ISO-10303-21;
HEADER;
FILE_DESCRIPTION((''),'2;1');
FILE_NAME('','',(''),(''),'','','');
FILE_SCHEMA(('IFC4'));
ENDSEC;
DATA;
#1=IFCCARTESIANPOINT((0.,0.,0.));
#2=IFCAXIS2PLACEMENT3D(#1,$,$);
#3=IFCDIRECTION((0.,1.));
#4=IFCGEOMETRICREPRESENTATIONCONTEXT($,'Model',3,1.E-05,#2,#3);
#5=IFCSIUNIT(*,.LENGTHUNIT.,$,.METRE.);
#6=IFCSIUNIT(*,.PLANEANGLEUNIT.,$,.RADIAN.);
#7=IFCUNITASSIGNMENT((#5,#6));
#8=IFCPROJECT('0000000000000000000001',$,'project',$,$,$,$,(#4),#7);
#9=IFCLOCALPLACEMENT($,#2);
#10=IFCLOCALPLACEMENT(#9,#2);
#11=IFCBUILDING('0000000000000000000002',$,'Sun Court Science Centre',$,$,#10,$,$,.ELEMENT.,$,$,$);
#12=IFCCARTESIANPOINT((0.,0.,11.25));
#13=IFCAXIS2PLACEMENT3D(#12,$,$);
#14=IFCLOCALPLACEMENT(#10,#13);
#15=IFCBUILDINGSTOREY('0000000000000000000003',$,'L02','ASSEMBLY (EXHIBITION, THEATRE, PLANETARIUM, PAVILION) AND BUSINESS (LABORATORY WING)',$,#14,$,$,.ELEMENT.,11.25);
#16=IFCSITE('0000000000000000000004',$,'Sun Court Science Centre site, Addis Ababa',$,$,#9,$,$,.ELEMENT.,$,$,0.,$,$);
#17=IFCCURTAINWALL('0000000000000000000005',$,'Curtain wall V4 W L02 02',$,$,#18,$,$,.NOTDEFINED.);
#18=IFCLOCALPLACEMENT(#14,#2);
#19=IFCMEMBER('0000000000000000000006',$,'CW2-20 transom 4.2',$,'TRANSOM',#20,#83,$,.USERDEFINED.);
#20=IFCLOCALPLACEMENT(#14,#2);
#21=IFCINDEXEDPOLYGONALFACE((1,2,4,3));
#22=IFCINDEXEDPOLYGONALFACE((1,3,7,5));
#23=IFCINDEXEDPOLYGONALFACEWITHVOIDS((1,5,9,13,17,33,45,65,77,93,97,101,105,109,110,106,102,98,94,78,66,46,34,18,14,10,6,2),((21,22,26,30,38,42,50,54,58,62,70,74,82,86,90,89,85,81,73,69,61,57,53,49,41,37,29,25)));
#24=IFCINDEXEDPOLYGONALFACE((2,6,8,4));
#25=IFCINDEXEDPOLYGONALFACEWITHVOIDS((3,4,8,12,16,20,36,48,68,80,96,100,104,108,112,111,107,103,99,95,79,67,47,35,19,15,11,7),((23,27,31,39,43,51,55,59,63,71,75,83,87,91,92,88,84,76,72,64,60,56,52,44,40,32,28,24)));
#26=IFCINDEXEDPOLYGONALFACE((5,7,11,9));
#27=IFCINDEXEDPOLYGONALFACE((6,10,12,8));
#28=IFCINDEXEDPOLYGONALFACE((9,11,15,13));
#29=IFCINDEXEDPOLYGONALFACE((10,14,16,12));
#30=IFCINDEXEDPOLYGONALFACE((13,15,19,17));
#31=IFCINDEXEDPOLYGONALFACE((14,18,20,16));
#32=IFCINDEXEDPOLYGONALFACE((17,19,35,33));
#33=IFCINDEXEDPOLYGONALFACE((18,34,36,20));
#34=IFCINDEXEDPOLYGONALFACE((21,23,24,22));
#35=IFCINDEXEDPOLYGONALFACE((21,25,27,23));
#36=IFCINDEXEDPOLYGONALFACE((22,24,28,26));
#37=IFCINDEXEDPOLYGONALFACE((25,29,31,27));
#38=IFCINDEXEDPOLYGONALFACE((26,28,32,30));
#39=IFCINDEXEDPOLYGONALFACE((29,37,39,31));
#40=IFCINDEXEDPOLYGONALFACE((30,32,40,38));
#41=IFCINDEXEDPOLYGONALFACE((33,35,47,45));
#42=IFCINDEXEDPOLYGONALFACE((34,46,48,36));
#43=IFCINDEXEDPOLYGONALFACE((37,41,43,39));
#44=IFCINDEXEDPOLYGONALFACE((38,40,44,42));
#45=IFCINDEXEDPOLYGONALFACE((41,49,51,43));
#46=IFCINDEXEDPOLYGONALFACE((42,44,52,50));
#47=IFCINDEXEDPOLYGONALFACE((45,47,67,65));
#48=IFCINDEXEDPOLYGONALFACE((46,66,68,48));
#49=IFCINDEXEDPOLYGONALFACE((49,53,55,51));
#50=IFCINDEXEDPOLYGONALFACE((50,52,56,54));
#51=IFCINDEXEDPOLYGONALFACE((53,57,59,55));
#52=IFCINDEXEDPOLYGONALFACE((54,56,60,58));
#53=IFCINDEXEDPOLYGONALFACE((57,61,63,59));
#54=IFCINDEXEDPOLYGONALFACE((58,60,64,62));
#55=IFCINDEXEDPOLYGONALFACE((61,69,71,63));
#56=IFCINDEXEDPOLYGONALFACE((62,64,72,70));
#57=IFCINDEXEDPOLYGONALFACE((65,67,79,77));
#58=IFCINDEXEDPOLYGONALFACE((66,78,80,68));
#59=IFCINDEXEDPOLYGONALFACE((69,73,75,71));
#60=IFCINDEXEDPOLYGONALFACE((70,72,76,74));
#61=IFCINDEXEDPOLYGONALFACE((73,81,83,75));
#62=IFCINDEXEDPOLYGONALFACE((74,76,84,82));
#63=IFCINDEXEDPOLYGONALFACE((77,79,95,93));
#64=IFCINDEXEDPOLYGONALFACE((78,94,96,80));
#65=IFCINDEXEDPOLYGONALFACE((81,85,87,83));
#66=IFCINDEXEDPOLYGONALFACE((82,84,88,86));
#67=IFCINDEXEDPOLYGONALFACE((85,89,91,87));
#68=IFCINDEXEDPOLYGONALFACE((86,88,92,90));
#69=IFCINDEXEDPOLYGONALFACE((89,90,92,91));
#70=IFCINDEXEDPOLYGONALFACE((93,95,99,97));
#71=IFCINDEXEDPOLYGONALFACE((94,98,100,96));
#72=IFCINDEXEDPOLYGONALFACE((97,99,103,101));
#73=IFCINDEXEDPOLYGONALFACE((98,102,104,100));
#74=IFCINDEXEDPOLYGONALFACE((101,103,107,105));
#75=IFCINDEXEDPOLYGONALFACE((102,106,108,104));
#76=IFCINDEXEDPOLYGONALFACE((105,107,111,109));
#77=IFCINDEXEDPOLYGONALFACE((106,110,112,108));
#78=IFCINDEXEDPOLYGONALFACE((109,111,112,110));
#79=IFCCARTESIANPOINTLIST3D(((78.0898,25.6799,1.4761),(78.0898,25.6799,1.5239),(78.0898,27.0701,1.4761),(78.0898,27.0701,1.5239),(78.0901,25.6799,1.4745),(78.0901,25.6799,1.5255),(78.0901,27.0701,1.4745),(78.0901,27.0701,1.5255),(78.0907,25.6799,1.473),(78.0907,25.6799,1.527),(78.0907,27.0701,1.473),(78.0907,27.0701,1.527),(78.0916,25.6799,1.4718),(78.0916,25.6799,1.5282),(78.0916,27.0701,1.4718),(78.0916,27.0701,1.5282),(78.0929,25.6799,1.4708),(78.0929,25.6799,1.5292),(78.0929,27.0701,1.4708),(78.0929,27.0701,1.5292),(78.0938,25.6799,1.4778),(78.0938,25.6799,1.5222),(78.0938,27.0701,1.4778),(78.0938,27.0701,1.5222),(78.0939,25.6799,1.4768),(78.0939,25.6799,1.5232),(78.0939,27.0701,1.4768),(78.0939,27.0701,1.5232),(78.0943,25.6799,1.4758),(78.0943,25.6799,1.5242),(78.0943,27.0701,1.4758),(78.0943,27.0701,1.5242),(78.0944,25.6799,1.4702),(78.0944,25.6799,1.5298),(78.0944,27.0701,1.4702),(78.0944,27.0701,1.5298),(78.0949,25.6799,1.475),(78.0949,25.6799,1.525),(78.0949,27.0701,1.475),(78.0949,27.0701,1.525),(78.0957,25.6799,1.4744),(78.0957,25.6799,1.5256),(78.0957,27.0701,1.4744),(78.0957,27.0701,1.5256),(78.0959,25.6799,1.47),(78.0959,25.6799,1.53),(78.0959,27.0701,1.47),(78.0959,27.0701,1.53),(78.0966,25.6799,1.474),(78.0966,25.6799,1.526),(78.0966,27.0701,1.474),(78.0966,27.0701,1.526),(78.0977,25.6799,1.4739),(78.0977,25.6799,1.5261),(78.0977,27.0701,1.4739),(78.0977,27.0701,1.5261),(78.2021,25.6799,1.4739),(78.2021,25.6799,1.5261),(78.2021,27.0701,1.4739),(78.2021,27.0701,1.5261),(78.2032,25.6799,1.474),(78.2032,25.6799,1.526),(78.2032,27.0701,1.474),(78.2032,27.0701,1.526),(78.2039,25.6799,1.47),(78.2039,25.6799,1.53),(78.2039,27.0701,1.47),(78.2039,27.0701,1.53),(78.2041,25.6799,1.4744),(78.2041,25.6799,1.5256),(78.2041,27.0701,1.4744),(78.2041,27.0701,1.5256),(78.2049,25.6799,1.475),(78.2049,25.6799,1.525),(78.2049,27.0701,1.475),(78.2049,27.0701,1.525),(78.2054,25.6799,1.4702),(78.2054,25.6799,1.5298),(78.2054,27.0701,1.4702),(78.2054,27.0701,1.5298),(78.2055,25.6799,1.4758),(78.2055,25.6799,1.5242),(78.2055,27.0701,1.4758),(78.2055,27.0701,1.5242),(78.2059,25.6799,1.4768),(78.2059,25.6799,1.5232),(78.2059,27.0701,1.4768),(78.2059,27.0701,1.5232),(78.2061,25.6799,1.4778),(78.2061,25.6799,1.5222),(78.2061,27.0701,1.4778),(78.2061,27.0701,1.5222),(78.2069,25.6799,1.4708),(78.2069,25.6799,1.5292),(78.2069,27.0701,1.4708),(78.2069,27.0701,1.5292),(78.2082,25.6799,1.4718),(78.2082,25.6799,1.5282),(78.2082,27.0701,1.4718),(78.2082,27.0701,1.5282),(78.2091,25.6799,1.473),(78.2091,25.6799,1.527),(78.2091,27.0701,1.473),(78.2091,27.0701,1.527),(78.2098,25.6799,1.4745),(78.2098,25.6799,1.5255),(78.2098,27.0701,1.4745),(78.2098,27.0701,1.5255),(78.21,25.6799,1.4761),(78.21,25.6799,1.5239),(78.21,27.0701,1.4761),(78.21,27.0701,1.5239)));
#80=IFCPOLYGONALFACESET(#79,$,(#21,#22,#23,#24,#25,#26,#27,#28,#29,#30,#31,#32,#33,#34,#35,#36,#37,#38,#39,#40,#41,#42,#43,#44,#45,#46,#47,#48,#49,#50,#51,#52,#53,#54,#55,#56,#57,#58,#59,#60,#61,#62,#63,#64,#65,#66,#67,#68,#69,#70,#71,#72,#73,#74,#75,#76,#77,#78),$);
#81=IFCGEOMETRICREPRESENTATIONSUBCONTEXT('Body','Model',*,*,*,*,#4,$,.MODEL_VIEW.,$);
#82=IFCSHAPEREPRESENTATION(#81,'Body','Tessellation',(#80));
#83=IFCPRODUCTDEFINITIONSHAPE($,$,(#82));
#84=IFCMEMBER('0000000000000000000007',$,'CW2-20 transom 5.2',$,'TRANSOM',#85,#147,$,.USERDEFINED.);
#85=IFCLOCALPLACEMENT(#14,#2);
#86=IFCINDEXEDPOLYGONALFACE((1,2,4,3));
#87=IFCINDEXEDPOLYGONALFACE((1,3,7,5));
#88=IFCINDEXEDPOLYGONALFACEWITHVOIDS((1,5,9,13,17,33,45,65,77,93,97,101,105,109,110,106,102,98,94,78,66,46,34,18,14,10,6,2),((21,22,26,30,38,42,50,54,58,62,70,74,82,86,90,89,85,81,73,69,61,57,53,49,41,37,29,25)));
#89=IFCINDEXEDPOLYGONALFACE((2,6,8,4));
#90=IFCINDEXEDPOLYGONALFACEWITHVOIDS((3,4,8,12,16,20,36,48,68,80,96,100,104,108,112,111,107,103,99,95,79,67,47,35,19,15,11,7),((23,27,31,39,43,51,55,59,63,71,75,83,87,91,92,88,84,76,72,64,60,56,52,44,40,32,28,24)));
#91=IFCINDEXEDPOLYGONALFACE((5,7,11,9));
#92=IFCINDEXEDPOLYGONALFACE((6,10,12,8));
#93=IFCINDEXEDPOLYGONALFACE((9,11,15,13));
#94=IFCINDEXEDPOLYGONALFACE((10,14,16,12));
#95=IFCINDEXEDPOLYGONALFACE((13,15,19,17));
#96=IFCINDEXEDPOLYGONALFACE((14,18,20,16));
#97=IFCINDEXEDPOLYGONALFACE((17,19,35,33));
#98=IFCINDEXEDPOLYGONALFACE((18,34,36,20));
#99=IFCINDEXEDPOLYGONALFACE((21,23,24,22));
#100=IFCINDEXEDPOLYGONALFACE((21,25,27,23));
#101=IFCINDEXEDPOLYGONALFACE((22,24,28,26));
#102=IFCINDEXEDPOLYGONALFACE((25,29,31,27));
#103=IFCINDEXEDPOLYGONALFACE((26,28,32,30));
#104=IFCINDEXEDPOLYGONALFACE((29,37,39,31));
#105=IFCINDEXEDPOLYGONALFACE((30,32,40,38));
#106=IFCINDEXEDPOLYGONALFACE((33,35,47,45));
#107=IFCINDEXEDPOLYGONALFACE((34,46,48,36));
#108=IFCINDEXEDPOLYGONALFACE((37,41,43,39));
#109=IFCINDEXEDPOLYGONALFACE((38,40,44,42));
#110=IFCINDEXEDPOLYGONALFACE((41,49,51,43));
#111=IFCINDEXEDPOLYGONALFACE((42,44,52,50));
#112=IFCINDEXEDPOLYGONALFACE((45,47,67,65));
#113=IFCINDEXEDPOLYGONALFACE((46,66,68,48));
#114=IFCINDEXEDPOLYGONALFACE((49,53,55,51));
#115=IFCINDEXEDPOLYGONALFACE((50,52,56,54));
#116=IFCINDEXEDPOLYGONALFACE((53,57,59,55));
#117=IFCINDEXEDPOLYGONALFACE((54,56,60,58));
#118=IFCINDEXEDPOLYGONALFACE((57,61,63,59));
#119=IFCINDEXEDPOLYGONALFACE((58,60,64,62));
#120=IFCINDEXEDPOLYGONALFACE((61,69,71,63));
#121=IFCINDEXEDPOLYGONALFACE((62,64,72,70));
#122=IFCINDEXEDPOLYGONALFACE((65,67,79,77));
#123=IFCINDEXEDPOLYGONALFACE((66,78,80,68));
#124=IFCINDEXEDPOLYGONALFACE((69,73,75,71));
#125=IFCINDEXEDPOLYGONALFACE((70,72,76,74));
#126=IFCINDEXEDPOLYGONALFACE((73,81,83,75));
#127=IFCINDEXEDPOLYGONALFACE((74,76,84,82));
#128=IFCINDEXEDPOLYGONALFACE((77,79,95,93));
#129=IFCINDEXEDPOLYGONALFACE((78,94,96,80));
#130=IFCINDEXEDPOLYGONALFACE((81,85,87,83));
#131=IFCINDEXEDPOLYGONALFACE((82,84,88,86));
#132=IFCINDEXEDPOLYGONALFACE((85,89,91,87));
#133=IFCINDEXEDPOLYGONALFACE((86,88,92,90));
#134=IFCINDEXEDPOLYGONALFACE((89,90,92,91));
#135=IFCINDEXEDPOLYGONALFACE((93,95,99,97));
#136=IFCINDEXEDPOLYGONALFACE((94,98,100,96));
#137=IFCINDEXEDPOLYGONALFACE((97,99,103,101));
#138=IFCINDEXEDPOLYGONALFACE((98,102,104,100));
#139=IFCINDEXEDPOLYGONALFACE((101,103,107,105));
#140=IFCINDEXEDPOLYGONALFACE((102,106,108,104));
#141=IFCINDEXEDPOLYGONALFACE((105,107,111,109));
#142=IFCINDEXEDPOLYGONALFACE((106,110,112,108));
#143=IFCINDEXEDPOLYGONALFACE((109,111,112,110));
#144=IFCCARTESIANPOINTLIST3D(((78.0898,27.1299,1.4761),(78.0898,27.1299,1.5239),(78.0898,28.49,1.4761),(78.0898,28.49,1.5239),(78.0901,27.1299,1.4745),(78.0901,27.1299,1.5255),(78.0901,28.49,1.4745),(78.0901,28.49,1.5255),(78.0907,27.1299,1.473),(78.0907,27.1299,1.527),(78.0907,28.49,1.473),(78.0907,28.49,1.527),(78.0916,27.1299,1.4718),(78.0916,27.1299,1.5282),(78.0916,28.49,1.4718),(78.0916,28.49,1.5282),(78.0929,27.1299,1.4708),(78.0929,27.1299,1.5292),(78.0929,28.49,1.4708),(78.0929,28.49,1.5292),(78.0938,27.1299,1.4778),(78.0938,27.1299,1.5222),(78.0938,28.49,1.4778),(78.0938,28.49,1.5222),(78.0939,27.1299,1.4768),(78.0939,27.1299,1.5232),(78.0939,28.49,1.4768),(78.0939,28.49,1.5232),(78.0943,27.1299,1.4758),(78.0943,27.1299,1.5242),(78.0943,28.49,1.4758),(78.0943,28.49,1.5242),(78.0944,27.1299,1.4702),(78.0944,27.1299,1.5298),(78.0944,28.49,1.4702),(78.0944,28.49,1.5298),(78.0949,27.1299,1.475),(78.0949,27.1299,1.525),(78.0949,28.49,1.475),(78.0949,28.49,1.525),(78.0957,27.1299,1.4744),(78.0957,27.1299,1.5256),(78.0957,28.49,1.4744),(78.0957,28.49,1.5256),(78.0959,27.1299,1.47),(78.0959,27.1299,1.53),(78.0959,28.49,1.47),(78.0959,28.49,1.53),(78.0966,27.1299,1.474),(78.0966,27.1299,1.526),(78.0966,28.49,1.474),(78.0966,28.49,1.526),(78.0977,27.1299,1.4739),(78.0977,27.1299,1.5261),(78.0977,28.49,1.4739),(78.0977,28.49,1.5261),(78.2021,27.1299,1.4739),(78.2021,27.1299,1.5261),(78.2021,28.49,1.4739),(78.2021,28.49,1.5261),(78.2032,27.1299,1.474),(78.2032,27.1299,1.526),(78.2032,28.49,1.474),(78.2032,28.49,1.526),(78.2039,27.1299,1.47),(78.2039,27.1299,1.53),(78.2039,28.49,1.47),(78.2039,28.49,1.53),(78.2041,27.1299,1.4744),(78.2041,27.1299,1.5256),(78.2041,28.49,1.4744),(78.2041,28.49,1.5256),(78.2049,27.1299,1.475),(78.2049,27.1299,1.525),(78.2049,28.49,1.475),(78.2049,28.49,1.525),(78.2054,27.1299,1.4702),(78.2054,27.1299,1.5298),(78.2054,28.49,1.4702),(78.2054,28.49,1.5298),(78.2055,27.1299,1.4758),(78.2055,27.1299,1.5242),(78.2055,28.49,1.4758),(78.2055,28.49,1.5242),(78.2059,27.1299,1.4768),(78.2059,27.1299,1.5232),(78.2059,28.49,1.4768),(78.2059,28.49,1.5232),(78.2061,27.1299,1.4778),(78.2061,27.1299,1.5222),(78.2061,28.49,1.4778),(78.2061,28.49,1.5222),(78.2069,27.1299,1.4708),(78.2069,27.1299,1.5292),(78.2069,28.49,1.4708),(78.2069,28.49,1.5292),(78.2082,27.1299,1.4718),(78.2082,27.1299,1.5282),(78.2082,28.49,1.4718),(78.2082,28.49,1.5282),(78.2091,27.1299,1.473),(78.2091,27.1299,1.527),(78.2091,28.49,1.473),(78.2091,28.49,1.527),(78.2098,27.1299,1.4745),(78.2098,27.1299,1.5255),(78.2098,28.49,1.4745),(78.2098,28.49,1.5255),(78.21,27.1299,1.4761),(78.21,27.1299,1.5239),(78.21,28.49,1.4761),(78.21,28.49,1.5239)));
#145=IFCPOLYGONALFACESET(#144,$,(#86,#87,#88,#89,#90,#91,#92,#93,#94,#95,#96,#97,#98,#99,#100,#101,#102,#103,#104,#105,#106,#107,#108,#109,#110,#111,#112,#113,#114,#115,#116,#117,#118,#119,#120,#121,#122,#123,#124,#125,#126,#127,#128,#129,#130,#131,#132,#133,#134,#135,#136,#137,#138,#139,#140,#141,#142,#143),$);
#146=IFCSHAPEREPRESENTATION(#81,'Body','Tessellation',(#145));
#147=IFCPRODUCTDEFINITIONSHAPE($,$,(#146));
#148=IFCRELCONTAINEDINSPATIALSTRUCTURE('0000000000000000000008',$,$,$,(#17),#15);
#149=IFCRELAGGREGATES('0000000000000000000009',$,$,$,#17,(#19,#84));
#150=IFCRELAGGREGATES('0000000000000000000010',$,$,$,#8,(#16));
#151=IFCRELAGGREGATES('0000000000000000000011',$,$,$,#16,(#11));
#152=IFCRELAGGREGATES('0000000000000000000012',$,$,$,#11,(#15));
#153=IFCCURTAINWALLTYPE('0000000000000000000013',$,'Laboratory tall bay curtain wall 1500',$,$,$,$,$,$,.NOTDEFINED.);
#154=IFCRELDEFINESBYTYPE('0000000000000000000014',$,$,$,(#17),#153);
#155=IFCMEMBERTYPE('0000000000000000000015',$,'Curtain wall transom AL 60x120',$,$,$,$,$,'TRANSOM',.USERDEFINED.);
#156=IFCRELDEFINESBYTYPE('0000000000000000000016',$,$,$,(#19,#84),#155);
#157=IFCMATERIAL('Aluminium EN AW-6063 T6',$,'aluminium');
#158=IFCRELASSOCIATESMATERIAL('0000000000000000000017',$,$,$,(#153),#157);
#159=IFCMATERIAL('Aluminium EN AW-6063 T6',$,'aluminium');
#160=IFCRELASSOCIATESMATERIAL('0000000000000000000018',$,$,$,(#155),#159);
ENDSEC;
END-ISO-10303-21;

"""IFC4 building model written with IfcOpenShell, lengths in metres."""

from ifc_helpers import new_model, si_unit, direction, frame, origin, origin_2d, place, context, subcontext, project, spatial, hollow_rectangle, extrude, material, material_profile, profile_set, type_object, element, aggregate, save


model = new_model("IFC4")

# Units and contexts
model_context = context("Model", 3, precision=1e-05, world=origin(), true_north=direction((0.0, 1.0)))
body_context = subcontext(model_context, "Body", "Model", "MODEL_VIEW")
ifc_project = project(units=[si_unit("LENGTHUNIT", "METRE"), si_unit("PLANEANGLEUNIT", "RADIAN")], contexts=[model_context])

# Site, building, storey
site_placement = place(None, origin())
site = spatial("IfcSite", under=ifc_project, at=site_placement, Name="Sun Court Science Centre site, Addis Ababa", CompositionType="ELEMENT", RefElevation=0.0)
building_placement = place(site_placement, origin())
building = spatial("IfcBuilding", under=site, at=building_placement, Name="Sun Court Science Centre", CompositionType="ELEMENT")
storey_placement = place(building_placement, frame((0.0, 0.0, 11.25)))
storey = spatial("IfcBuildingStorey", under=building, at=storey_placement, Name="L02", Description="ASSEMBLY (EXHIBITION, THEATRE, PLANETARIUM, PAVILION) AND BUSINESS (LABORATORY WING)", CompositionType="ELEMENT", Elevation=11.25)

# Curtain wall
ifc_material_1 = material(Name="Aluminium EN AW-6063 T6", Category="aluminium")
curtain_wall_type = type_object("IfcCurtainWallType", Name="Laboratory tall bay curtain wall 1500", PredefinedType="NOTDEFINED", material=ifc_material_1)
curtain_wall_1_placement = place(storey_placement, origin())
curtain_wall_1 = element("IfcCurtainWall", 1, at=curtain_wall_1_placement, inside=storey, type_object=curtain_wall_type, Name="Curtain wall V4 W L02 02", PredefinedType="NOTDEFINED")

# Members
ifc_material_2 = material(Name="Aluminium EN AW-6063 T6", Category="aluminium")
ifc_material_profile_1 = material_profile(ifc_material_2, hollow_rectangle(XDim=0.0601, YDim=0.1201, WallThickness=0.0039, InnerFilletRadius=0.0039, OuterFilletRadius=0.0061, at=origin_2d()), Name="AL 60x120x4")
ifc_profile_set_1 = profile_set([ifc_material_profile_1], Name="Aluminium EN AW-6063 T6")
member_type_1 = type_object("IfcMemberType", Name="Curtain wall transom AL 60x120", ElementType="TRANSOM", PredefinedType="USERDEFINED", material=ifc_profile_set_1)
member_1_placement = place(storey_placement, frame((78.1499, 25.6799, 1.5), z_axis=(0.0, 1.0, 0.0), x_axis=(0.0, 0.0, 1.0)))
member_1 = element("IfcMember", 2, at=member_1_placement, type_object=member_type_1, Name="CW2-20 transom 4.2", ObjectType="TRANSOM", PredefinedType="USERDEFINED", context=body_context, shape_type="SweptSolid", body=[
    extrude(hollow_rectangle(XDim=0.0601, YDim=0.1201, WallThickness=0.0039, InnerFilletRadius=0.0039, OuterFilletRadius=0.0061, at=origin_2d()), origin(), (0.0, 0.0, 1.0), 1.3901),
])
member_2_placement = place(storey_placement, frame((78.1499, 27.1299, 1.5), z_axis=(0.0, 1.0, 0.0), x_axis=(0.0, 0.0, 1.0)))
member_2 = element("IfcMember", 3, at=member_2_placement, type_object=member_type_1, Name="CW2-20 transom 5.2", ObjectType="TRANSOM", PredefinedType="USERDEFINED", context=body_context, shape_type="SweptSolid", body=[
    extrude(hollow_rectangle(XDim=0.0601, YDim=0.1201, WallThickness=0.0039, InnerFilletRadius=0.0039, OuterFilletRadius=0.0061, at=origin_2d()), origin(), (0.0, 0.0, 1.0), 1.3601),
])

aggregate(curtain_wall_1, [member_1, member_2])

save(model, "model.ifc")
